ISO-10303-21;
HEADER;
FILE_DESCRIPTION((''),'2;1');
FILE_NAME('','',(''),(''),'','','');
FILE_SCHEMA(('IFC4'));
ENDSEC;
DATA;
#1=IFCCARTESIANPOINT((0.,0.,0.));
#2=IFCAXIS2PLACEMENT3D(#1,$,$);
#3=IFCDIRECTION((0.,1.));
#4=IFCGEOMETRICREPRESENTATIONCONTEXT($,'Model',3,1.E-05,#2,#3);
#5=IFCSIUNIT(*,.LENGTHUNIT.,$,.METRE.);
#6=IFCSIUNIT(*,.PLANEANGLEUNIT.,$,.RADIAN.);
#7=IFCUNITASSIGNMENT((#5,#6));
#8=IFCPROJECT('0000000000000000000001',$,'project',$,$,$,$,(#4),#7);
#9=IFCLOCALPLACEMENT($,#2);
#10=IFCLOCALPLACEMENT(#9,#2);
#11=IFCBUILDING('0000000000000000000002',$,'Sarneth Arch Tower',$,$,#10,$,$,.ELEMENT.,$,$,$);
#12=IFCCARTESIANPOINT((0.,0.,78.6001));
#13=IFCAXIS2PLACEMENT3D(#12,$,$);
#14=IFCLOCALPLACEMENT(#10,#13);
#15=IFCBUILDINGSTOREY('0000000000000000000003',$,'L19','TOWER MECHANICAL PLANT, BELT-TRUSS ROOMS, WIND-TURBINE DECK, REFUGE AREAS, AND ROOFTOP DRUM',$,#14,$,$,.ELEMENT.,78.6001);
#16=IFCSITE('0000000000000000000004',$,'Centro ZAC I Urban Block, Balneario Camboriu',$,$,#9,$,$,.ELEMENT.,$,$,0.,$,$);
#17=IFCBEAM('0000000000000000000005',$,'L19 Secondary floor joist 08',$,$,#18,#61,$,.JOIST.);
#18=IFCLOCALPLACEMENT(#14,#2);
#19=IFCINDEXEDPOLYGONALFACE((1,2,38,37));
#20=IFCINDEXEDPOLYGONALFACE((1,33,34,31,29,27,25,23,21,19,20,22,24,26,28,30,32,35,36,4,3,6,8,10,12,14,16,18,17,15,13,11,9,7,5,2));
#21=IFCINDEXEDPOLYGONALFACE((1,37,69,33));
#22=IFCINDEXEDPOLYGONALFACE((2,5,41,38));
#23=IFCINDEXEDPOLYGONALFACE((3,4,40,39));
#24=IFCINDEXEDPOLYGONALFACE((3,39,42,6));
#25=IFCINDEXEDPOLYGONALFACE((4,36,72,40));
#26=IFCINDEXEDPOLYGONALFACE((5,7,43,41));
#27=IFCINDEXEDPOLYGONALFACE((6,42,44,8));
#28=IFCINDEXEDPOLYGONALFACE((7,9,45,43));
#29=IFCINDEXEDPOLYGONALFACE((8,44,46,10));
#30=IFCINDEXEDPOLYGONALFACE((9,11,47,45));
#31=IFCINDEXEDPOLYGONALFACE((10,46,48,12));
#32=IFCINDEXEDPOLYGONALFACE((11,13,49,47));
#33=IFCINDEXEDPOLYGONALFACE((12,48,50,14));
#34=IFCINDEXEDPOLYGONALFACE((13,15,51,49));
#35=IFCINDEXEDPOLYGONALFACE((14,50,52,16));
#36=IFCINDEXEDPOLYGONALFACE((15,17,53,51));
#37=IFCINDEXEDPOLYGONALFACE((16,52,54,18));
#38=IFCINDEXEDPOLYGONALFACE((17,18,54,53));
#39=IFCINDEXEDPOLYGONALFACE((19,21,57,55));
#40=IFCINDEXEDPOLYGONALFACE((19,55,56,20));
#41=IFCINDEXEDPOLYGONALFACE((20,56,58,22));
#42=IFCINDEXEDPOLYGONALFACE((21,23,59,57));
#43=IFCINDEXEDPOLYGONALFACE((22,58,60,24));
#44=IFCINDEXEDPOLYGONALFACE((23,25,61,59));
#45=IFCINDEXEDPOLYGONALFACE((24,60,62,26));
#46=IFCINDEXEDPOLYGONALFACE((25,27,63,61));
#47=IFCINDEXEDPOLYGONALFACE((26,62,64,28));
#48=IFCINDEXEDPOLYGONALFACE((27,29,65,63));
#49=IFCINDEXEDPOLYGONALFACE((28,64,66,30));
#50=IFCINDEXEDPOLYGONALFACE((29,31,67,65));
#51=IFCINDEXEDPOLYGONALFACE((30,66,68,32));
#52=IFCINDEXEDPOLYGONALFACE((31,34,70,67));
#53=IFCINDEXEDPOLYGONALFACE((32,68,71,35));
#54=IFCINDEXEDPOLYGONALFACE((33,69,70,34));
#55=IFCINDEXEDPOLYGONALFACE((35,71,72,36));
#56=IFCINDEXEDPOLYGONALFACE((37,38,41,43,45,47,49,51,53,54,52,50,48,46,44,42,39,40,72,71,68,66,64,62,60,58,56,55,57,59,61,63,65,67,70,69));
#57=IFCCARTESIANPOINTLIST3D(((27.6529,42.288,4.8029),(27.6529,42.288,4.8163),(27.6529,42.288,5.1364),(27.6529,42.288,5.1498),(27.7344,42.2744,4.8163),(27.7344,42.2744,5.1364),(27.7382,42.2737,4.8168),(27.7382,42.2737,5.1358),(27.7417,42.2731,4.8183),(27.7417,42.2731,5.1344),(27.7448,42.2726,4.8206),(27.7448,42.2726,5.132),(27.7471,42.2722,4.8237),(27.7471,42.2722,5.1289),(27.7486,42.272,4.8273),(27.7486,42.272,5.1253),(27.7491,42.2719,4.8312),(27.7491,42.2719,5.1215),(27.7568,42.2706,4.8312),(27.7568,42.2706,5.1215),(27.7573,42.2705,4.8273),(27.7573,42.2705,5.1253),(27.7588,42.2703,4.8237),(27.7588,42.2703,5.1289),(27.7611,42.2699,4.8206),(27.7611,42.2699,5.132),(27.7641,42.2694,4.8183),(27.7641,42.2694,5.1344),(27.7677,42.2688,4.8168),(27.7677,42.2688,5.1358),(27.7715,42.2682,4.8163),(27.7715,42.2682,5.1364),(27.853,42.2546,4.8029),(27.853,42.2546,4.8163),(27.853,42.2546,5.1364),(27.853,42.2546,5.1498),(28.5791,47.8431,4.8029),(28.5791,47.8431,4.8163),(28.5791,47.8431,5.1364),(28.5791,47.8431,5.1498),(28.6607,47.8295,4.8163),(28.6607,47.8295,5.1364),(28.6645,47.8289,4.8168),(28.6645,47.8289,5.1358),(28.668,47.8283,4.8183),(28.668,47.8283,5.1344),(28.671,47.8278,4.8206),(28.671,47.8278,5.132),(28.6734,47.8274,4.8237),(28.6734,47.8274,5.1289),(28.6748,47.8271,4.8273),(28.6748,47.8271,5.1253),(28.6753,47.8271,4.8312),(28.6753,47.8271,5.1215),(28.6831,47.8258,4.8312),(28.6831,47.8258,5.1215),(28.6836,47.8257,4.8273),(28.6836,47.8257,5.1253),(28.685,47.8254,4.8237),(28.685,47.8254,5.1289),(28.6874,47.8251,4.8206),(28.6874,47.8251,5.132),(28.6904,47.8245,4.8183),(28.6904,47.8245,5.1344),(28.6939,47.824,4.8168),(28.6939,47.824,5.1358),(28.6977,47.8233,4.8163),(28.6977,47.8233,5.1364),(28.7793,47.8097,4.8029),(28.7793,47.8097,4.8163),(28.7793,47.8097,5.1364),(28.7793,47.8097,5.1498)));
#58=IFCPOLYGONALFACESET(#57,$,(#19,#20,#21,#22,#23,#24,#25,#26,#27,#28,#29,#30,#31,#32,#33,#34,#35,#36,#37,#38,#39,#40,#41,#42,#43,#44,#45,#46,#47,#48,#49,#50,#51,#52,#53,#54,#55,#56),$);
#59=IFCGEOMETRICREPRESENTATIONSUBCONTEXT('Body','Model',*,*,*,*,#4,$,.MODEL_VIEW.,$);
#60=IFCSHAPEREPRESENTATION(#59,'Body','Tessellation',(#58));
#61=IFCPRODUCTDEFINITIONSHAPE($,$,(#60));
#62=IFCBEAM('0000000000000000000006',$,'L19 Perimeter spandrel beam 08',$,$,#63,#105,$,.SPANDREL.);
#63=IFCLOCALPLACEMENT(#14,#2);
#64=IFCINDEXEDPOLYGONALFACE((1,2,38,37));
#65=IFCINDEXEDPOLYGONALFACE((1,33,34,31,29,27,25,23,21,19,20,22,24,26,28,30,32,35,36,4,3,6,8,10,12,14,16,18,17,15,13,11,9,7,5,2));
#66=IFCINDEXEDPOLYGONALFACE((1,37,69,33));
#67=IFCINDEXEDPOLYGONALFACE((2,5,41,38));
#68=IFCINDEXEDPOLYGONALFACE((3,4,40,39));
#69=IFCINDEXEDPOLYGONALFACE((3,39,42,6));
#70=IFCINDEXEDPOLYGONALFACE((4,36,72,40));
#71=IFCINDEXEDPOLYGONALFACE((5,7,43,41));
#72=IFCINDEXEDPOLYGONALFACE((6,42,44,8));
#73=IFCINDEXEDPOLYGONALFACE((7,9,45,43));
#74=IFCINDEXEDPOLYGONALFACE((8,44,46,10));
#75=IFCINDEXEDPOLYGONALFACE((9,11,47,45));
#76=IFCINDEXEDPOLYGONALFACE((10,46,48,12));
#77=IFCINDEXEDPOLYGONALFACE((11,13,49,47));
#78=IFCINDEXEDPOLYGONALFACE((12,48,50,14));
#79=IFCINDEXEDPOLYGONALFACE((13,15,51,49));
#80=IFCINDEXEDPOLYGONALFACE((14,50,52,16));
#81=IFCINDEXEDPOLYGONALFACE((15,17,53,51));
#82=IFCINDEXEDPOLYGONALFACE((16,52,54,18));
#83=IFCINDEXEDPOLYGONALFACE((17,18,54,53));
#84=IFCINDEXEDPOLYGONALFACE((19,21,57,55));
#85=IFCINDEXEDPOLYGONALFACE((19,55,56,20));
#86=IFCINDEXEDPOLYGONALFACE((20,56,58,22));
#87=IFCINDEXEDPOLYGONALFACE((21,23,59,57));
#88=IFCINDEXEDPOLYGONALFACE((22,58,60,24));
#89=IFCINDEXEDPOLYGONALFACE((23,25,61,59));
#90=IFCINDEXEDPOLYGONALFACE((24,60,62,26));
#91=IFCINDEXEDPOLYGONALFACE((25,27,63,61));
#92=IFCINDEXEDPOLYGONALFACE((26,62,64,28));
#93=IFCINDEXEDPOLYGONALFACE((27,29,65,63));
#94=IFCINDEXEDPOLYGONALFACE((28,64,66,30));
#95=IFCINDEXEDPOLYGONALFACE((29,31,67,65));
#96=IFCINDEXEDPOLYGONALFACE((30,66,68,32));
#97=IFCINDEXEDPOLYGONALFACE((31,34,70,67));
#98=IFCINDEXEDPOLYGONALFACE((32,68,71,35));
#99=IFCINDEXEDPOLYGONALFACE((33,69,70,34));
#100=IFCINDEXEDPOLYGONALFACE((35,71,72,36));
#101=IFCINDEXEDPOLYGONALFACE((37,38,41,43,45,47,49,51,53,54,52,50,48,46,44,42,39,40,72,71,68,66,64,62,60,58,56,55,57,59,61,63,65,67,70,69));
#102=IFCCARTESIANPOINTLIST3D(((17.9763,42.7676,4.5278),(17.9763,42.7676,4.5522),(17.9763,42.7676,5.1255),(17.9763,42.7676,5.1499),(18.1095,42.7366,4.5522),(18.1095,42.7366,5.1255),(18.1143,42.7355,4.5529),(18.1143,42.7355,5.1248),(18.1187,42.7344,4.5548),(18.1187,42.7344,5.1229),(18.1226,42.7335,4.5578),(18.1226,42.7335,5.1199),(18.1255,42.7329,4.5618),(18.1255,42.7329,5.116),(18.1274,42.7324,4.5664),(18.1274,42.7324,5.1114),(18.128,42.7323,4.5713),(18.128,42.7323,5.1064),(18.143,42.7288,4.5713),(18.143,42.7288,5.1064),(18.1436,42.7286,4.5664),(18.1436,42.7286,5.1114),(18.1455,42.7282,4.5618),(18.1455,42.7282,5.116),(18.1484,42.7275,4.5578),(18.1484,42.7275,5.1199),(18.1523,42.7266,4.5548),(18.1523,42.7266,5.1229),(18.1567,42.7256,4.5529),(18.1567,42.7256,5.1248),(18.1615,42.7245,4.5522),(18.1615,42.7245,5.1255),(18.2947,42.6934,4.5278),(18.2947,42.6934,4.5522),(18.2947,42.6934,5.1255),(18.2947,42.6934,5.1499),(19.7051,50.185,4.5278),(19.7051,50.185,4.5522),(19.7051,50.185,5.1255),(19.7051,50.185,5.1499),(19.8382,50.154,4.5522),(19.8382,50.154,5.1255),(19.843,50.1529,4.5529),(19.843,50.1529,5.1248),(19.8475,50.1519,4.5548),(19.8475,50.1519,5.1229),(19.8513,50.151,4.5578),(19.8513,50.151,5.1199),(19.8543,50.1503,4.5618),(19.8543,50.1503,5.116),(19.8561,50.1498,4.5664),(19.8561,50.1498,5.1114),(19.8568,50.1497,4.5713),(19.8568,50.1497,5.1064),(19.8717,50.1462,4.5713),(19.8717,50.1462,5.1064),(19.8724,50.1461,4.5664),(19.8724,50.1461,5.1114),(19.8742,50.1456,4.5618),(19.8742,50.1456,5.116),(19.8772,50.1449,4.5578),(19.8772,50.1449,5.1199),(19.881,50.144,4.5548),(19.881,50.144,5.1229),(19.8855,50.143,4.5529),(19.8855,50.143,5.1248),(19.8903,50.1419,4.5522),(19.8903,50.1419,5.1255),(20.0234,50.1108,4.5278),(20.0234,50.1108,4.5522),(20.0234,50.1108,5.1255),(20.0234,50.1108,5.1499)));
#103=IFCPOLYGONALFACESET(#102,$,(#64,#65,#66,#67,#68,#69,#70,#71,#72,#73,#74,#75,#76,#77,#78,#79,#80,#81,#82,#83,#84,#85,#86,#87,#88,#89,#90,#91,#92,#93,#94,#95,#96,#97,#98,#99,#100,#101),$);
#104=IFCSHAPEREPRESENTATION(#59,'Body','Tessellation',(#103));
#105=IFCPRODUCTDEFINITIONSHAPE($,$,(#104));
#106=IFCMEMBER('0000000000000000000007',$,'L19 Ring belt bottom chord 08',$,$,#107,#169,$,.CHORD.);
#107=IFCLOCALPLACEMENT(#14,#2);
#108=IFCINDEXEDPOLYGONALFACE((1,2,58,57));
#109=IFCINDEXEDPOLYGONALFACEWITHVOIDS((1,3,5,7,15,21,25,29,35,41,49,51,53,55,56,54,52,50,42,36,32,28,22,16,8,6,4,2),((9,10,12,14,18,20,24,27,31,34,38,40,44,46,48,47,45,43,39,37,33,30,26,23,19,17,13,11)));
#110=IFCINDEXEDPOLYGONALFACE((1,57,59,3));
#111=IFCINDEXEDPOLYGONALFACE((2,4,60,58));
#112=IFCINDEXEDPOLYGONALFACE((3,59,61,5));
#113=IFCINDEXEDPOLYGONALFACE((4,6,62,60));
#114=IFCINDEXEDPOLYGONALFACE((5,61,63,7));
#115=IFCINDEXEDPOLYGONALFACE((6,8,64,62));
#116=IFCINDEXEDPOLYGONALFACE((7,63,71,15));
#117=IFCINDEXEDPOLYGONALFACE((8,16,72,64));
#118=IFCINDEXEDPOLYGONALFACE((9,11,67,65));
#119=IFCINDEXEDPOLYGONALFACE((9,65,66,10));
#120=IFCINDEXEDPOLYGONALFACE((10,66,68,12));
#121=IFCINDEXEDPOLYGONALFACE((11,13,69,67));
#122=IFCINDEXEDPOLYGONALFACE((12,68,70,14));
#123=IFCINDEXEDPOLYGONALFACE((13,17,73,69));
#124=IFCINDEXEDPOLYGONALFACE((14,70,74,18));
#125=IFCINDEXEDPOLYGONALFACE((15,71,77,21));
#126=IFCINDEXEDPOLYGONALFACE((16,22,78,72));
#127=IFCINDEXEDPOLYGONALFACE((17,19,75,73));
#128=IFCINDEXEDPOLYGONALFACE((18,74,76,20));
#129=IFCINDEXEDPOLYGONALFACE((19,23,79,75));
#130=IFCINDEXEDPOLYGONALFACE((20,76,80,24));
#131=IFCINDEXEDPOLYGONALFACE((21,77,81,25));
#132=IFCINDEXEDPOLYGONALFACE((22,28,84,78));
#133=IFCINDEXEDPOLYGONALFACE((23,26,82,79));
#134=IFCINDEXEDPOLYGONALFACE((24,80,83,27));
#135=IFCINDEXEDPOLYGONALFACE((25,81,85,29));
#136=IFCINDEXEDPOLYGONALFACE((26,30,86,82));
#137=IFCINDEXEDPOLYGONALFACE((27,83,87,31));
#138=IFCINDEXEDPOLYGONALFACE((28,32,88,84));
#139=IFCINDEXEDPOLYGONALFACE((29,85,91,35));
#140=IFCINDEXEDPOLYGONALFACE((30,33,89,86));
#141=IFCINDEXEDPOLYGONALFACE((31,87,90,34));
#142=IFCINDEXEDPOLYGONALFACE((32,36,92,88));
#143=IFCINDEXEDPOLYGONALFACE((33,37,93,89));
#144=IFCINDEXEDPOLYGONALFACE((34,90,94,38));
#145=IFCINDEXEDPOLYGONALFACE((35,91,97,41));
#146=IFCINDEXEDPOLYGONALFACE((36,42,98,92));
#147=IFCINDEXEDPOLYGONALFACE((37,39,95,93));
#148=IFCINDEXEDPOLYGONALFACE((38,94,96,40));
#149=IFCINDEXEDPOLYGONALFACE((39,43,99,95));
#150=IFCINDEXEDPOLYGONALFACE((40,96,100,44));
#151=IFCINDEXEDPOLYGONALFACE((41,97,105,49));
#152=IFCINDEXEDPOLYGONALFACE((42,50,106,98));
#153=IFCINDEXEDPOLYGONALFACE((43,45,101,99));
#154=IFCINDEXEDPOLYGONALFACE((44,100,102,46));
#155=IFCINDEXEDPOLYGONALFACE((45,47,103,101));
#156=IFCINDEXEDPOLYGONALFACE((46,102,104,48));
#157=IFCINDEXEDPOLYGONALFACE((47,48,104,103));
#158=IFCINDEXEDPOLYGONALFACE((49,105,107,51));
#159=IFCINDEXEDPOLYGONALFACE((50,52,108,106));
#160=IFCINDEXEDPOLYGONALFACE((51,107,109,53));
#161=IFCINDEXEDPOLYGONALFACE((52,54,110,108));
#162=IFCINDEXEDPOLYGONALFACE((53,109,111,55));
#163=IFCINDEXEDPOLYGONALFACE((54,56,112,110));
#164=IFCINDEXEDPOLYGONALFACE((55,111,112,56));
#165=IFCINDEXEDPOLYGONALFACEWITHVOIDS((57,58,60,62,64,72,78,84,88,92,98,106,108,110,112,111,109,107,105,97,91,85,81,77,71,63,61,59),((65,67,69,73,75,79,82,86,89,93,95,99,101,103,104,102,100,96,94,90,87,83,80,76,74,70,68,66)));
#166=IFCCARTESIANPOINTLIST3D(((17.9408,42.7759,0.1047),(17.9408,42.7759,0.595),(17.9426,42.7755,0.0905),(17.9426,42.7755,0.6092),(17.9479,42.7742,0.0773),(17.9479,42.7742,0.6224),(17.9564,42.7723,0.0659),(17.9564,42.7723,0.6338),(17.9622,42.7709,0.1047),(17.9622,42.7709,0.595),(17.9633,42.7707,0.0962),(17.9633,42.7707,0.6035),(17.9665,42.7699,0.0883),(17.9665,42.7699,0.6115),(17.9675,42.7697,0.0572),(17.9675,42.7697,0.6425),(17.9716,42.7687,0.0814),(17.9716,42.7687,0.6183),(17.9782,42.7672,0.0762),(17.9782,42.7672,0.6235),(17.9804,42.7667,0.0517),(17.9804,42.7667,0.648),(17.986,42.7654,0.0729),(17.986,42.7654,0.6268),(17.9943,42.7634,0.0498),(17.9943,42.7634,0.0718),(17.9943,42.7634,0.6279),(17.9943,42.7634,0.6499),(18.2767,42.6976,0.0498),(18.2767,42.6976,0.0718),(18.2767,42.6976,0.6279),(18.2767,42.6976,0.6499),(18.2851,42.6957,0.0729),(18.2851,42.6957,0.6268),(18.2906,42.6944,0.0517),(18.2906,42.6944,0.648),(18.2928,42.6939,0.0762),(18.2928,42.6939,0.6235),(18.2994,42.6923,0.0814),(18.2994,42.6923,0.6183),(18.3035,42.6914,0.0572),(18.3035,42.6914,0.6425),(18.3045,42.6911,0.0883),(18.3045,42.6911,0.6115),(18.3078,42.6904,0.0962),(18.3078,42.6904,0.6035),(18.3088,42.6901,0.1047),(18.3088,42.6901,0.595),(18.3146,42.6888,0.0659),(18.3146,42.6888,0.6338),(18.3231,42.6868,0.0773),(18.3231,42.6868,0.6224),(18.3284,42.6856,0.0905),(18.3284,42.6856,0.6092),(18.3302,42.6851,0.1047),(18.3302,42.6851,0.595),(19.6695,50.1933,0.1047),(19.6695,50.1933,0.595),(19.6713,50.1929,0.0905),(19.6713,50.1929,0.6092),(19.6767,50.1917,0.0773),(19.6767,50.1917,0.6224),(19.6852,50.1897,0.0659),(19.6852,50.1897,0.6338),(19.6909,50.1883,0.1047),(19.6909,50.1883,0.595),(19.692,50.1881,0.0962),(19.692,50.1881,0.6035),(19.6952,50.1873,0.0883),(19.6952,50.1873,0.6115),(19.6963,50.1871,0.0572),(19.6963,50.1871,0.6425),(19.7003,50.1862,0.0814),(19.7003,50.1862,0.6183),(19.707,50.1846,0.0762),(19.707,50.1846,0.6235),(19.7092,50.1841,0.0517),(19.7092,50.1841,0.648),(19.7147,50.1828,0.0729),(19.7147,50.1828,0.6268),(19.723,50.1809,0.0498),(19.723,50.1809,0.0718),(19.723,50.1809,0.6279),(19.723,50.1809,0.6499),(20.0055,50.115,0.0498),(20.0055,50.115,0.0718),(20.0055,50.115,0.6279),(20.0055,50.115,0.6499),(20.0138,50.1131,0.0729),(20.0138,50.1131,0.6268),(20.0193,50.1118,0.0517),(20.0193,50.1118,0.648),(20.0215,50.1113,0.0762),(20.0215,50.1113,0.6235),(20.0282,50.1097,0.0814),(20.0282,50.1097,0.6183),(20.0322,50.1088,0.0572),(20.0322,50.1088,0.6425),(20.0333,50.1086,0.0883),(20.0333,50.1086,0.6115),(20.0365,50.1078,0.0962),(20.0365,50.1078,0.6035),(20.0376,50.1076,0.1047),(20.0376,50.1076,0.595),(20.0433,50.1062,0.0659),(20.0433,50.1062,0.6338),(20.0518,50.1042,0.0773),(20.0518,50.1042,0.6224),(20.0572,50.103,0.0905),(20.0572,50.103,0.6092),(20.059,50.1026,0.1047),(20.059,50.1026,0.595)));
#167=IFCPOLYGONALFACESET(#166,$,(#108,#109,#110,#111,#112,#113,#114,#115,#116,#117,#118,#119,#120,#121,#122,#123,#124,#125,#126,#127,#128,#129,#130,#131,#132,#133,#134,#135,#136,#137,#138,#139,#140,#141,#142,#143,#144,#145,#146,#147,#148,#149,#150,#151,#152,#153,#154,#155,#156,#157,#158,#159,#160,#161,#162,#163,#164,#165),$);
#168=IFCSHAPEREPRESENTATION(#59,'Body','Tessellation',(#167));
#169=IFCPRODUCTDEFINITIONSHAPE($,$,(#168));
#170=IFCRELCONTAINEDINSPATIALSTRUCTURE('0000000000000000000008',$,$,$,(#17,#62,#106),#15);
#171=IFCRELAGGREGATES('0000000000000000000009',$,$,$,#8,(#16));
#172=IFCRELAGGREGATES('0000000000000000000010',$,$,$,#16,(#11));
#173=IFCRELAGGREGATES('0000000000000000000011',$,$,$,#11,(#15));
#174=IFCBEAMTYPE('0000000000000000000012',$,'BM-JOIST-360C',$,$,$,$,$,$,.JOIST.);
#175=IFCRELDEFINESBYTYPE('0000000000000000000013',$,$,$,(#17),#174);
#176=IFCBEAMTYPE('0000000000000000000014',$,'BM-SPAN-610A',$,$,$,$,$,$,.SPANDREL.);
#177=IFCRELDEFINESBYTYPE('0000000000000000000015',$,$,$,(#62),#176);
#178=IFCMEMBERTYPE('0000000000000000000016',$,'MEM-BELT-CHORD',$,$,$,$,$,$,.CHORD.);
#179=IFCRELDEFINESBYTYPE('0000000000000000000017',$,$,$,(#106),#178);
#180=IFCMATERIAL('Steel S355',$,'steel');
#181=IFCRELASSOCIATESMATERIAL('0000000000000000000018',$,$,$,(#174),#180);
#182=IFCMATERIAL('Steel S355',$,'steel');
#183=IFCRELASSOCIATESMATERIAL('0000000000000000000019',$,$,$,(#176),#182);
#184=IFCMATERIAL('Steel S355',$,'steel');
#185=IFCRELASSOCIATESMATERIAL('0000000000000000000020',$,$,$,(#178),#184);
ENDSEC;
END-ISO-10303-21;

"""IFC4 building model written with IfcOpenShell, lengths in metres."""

from ifc_helpers import new_model, si_unit, direction, frame, origin, origin_2d, place, context, subcontext, project, spatial, hollow_rectangle, i_section, extrude, material, material_profile, profile_set, type_object, element, save


model = new_model("IFC4")

# Units and contexts
model_context = context("Model", 3, precision=1e-05, world=origin(), true_north=direction((0.0, 1.0)))
body_context = subcontext(model_context, "Body", "Model", "MODEL_VIEW")
ifc_project = project(units=[si_unit("LENGTHUNIT", "METRE"), si_unit("PLANEANGLEUNIT", "RADIAN")], contexts=[model_context])

# Site, building, storey
site_placement = place(None, origin())
site = spatial("IfcSite", under=ifc_project, at=site_placement, Name="Centro ZAC I Urban Block, Balneario Camboriu", CompositionType="ELEMENT", RefElevation=0.0)
building_placement = place(site_placement, origin())
building = spatial("IfcBuilding", under=site, at=building_placement, Name="Sarneth Arch Tower", CompositionType="ELEMENT")
storey_placement = place(building_placement, frame((0.0, 0.0, 78.6001)))
storey = spatial("IfcBuildingStorey", under=building, at=storey_placement, Name="L19", Description="TOWER MECHANICAL PLANT, BELT-TRUSS ROOMS, WIND-TURBINE DECK, REFUGE AREAS, AND ROOFTOP DRUM", CompositionType="ELEMENT", Elevation=78.6001)

# Beams
ifc_material_1 = material(Name="Steel S355", Category="steel")
ifc_material_profile_1 = material_profile(ifc_material_1, i_section(OverallWidth=0.2029, OverallDepth=0.3469, WebThickness=0.0078, FlangeThickness=0.0134, FilletRadius=0.0149, at=origin_2d()), Name="W360x64")
ifc_profile_set_1 = profile_set([ifc_material_profile_1], Name="Steel S355")
beam_type_1 = type_object("IfcBeamType", Name="BM-JOIST-360C", PredefinedType="JOIST", material=ifc_profile_set_1)
beam_1_placement = place(storey_placement, frame((28.6792, 47.8264, 4.9763), z_axis=(-0.164469, -0.986382, 0.0), x_axis=(0.986382, -0.164469, 0.0)))
element("IfcBeam", 1, at=beam_1_placement, inside=storey, type_object=beam_type_1, Name="L19 Secondary floor joist 08", PredefinedType="JOIST", context=body_context, shape_type="SweptSolid", body=[
    extrude(i_section(OverallWidth=0.2029, OverallDepth=0.3469, WebThickness=0.0078, FlangeThickness=0.0134, FilletRadius=0.0149, at=origin_2d()), origin(), (0.0, 0.0, 1.0), 5.6318),
])
ifc_material_2 = material(Name="Steel S355", Category="steel")
ifc_material_profile_2 = material_profile(ifc_material_2, i_section(OverallWidth=0.3269, OverallDepth=0.6221, WebThickness=0.0154, FlangeThickness=0.0244, FilletRadius=0.019, at=origin_2d()), Name="W610x195")
ifc_profile_set_2 = profile_set([ifc_material_profile_2], Name="Steel S355")
beam_type_2 = type_object("IfcBeamType", Name="BM-SPAN-610A", PredefinedType="SPANDREL", material=ifc_profile_set_2)
beam_2_placement = place(storey_placement, frame((19.8643, 50.1479, 4.8389), z_axis=(-0.226982, -0.973899, 0.0), x_axis=(0.973899, -0.226982, 0.0)))
element("IfcBeam", 2, at=beam_2_placement, inside=storey, type_object=beam_type_2, Name="L19 Perimeter spandrel beam 08", PredefinedType="SPANDREL", context=body_context, shape_type="SweptSolid", body=[
    extrude(i_section(OverallWidth=0.3269, OverallDepth=0.6221, WebThickness=0.0154, FlangeThickness=0.0244, FilletRadius=0.019, at=origin_2d()), origin(), (0.0, 0.0, 1.0), 7.6162),
])

# Member
ifc_material_3 = material(Name="Steel S355", Category="steel")
ifc_material_profile_3 = material_profile(ifc_material_3, hollow_rectangle(XDim=0.3999, YDim=0.6001, WallThickness=0.022, InnerFilletRadius=0.033, OuterFilletRadius=0.0549, at=origin_2d()), Name="RHS600x400x22")
ifc_profile_set_3 = profile_set([ifc_material_profile_3], Name="Steel S355")
member_type_1 = type_object("IfcMemberType", Name="MEM-BELT-CHORD", PredefinedType="CHORD", material=ifc_profile_set_3)
member_1_placement = place(storey_placement, frame((19.8643, 50.1479, 0.3499), z_axis=(-0.226982, -0.973899, 0.0), x_axis=(0.973899, -0.226982, 0.0)))
element("IfcMember", 3, at=member_1_placement, inside=storey, type_object=member_type_1, Name="L19 Ring belt bottom chord 08", PredefinedType="CHORD", context=body_context, shape_type="SweptSolid", body=[
    extrude(hollow_rectangle(XDim=0.3999, YDim=0.6001, WallThickness=0.022, InnerFilletRadius=0.033, OuterFilletRadius=0.0549, at=origin_2d()), origin(), (0.0, 0.0, 1.0), 7.6162),
])

save(model, "model.ifc")
